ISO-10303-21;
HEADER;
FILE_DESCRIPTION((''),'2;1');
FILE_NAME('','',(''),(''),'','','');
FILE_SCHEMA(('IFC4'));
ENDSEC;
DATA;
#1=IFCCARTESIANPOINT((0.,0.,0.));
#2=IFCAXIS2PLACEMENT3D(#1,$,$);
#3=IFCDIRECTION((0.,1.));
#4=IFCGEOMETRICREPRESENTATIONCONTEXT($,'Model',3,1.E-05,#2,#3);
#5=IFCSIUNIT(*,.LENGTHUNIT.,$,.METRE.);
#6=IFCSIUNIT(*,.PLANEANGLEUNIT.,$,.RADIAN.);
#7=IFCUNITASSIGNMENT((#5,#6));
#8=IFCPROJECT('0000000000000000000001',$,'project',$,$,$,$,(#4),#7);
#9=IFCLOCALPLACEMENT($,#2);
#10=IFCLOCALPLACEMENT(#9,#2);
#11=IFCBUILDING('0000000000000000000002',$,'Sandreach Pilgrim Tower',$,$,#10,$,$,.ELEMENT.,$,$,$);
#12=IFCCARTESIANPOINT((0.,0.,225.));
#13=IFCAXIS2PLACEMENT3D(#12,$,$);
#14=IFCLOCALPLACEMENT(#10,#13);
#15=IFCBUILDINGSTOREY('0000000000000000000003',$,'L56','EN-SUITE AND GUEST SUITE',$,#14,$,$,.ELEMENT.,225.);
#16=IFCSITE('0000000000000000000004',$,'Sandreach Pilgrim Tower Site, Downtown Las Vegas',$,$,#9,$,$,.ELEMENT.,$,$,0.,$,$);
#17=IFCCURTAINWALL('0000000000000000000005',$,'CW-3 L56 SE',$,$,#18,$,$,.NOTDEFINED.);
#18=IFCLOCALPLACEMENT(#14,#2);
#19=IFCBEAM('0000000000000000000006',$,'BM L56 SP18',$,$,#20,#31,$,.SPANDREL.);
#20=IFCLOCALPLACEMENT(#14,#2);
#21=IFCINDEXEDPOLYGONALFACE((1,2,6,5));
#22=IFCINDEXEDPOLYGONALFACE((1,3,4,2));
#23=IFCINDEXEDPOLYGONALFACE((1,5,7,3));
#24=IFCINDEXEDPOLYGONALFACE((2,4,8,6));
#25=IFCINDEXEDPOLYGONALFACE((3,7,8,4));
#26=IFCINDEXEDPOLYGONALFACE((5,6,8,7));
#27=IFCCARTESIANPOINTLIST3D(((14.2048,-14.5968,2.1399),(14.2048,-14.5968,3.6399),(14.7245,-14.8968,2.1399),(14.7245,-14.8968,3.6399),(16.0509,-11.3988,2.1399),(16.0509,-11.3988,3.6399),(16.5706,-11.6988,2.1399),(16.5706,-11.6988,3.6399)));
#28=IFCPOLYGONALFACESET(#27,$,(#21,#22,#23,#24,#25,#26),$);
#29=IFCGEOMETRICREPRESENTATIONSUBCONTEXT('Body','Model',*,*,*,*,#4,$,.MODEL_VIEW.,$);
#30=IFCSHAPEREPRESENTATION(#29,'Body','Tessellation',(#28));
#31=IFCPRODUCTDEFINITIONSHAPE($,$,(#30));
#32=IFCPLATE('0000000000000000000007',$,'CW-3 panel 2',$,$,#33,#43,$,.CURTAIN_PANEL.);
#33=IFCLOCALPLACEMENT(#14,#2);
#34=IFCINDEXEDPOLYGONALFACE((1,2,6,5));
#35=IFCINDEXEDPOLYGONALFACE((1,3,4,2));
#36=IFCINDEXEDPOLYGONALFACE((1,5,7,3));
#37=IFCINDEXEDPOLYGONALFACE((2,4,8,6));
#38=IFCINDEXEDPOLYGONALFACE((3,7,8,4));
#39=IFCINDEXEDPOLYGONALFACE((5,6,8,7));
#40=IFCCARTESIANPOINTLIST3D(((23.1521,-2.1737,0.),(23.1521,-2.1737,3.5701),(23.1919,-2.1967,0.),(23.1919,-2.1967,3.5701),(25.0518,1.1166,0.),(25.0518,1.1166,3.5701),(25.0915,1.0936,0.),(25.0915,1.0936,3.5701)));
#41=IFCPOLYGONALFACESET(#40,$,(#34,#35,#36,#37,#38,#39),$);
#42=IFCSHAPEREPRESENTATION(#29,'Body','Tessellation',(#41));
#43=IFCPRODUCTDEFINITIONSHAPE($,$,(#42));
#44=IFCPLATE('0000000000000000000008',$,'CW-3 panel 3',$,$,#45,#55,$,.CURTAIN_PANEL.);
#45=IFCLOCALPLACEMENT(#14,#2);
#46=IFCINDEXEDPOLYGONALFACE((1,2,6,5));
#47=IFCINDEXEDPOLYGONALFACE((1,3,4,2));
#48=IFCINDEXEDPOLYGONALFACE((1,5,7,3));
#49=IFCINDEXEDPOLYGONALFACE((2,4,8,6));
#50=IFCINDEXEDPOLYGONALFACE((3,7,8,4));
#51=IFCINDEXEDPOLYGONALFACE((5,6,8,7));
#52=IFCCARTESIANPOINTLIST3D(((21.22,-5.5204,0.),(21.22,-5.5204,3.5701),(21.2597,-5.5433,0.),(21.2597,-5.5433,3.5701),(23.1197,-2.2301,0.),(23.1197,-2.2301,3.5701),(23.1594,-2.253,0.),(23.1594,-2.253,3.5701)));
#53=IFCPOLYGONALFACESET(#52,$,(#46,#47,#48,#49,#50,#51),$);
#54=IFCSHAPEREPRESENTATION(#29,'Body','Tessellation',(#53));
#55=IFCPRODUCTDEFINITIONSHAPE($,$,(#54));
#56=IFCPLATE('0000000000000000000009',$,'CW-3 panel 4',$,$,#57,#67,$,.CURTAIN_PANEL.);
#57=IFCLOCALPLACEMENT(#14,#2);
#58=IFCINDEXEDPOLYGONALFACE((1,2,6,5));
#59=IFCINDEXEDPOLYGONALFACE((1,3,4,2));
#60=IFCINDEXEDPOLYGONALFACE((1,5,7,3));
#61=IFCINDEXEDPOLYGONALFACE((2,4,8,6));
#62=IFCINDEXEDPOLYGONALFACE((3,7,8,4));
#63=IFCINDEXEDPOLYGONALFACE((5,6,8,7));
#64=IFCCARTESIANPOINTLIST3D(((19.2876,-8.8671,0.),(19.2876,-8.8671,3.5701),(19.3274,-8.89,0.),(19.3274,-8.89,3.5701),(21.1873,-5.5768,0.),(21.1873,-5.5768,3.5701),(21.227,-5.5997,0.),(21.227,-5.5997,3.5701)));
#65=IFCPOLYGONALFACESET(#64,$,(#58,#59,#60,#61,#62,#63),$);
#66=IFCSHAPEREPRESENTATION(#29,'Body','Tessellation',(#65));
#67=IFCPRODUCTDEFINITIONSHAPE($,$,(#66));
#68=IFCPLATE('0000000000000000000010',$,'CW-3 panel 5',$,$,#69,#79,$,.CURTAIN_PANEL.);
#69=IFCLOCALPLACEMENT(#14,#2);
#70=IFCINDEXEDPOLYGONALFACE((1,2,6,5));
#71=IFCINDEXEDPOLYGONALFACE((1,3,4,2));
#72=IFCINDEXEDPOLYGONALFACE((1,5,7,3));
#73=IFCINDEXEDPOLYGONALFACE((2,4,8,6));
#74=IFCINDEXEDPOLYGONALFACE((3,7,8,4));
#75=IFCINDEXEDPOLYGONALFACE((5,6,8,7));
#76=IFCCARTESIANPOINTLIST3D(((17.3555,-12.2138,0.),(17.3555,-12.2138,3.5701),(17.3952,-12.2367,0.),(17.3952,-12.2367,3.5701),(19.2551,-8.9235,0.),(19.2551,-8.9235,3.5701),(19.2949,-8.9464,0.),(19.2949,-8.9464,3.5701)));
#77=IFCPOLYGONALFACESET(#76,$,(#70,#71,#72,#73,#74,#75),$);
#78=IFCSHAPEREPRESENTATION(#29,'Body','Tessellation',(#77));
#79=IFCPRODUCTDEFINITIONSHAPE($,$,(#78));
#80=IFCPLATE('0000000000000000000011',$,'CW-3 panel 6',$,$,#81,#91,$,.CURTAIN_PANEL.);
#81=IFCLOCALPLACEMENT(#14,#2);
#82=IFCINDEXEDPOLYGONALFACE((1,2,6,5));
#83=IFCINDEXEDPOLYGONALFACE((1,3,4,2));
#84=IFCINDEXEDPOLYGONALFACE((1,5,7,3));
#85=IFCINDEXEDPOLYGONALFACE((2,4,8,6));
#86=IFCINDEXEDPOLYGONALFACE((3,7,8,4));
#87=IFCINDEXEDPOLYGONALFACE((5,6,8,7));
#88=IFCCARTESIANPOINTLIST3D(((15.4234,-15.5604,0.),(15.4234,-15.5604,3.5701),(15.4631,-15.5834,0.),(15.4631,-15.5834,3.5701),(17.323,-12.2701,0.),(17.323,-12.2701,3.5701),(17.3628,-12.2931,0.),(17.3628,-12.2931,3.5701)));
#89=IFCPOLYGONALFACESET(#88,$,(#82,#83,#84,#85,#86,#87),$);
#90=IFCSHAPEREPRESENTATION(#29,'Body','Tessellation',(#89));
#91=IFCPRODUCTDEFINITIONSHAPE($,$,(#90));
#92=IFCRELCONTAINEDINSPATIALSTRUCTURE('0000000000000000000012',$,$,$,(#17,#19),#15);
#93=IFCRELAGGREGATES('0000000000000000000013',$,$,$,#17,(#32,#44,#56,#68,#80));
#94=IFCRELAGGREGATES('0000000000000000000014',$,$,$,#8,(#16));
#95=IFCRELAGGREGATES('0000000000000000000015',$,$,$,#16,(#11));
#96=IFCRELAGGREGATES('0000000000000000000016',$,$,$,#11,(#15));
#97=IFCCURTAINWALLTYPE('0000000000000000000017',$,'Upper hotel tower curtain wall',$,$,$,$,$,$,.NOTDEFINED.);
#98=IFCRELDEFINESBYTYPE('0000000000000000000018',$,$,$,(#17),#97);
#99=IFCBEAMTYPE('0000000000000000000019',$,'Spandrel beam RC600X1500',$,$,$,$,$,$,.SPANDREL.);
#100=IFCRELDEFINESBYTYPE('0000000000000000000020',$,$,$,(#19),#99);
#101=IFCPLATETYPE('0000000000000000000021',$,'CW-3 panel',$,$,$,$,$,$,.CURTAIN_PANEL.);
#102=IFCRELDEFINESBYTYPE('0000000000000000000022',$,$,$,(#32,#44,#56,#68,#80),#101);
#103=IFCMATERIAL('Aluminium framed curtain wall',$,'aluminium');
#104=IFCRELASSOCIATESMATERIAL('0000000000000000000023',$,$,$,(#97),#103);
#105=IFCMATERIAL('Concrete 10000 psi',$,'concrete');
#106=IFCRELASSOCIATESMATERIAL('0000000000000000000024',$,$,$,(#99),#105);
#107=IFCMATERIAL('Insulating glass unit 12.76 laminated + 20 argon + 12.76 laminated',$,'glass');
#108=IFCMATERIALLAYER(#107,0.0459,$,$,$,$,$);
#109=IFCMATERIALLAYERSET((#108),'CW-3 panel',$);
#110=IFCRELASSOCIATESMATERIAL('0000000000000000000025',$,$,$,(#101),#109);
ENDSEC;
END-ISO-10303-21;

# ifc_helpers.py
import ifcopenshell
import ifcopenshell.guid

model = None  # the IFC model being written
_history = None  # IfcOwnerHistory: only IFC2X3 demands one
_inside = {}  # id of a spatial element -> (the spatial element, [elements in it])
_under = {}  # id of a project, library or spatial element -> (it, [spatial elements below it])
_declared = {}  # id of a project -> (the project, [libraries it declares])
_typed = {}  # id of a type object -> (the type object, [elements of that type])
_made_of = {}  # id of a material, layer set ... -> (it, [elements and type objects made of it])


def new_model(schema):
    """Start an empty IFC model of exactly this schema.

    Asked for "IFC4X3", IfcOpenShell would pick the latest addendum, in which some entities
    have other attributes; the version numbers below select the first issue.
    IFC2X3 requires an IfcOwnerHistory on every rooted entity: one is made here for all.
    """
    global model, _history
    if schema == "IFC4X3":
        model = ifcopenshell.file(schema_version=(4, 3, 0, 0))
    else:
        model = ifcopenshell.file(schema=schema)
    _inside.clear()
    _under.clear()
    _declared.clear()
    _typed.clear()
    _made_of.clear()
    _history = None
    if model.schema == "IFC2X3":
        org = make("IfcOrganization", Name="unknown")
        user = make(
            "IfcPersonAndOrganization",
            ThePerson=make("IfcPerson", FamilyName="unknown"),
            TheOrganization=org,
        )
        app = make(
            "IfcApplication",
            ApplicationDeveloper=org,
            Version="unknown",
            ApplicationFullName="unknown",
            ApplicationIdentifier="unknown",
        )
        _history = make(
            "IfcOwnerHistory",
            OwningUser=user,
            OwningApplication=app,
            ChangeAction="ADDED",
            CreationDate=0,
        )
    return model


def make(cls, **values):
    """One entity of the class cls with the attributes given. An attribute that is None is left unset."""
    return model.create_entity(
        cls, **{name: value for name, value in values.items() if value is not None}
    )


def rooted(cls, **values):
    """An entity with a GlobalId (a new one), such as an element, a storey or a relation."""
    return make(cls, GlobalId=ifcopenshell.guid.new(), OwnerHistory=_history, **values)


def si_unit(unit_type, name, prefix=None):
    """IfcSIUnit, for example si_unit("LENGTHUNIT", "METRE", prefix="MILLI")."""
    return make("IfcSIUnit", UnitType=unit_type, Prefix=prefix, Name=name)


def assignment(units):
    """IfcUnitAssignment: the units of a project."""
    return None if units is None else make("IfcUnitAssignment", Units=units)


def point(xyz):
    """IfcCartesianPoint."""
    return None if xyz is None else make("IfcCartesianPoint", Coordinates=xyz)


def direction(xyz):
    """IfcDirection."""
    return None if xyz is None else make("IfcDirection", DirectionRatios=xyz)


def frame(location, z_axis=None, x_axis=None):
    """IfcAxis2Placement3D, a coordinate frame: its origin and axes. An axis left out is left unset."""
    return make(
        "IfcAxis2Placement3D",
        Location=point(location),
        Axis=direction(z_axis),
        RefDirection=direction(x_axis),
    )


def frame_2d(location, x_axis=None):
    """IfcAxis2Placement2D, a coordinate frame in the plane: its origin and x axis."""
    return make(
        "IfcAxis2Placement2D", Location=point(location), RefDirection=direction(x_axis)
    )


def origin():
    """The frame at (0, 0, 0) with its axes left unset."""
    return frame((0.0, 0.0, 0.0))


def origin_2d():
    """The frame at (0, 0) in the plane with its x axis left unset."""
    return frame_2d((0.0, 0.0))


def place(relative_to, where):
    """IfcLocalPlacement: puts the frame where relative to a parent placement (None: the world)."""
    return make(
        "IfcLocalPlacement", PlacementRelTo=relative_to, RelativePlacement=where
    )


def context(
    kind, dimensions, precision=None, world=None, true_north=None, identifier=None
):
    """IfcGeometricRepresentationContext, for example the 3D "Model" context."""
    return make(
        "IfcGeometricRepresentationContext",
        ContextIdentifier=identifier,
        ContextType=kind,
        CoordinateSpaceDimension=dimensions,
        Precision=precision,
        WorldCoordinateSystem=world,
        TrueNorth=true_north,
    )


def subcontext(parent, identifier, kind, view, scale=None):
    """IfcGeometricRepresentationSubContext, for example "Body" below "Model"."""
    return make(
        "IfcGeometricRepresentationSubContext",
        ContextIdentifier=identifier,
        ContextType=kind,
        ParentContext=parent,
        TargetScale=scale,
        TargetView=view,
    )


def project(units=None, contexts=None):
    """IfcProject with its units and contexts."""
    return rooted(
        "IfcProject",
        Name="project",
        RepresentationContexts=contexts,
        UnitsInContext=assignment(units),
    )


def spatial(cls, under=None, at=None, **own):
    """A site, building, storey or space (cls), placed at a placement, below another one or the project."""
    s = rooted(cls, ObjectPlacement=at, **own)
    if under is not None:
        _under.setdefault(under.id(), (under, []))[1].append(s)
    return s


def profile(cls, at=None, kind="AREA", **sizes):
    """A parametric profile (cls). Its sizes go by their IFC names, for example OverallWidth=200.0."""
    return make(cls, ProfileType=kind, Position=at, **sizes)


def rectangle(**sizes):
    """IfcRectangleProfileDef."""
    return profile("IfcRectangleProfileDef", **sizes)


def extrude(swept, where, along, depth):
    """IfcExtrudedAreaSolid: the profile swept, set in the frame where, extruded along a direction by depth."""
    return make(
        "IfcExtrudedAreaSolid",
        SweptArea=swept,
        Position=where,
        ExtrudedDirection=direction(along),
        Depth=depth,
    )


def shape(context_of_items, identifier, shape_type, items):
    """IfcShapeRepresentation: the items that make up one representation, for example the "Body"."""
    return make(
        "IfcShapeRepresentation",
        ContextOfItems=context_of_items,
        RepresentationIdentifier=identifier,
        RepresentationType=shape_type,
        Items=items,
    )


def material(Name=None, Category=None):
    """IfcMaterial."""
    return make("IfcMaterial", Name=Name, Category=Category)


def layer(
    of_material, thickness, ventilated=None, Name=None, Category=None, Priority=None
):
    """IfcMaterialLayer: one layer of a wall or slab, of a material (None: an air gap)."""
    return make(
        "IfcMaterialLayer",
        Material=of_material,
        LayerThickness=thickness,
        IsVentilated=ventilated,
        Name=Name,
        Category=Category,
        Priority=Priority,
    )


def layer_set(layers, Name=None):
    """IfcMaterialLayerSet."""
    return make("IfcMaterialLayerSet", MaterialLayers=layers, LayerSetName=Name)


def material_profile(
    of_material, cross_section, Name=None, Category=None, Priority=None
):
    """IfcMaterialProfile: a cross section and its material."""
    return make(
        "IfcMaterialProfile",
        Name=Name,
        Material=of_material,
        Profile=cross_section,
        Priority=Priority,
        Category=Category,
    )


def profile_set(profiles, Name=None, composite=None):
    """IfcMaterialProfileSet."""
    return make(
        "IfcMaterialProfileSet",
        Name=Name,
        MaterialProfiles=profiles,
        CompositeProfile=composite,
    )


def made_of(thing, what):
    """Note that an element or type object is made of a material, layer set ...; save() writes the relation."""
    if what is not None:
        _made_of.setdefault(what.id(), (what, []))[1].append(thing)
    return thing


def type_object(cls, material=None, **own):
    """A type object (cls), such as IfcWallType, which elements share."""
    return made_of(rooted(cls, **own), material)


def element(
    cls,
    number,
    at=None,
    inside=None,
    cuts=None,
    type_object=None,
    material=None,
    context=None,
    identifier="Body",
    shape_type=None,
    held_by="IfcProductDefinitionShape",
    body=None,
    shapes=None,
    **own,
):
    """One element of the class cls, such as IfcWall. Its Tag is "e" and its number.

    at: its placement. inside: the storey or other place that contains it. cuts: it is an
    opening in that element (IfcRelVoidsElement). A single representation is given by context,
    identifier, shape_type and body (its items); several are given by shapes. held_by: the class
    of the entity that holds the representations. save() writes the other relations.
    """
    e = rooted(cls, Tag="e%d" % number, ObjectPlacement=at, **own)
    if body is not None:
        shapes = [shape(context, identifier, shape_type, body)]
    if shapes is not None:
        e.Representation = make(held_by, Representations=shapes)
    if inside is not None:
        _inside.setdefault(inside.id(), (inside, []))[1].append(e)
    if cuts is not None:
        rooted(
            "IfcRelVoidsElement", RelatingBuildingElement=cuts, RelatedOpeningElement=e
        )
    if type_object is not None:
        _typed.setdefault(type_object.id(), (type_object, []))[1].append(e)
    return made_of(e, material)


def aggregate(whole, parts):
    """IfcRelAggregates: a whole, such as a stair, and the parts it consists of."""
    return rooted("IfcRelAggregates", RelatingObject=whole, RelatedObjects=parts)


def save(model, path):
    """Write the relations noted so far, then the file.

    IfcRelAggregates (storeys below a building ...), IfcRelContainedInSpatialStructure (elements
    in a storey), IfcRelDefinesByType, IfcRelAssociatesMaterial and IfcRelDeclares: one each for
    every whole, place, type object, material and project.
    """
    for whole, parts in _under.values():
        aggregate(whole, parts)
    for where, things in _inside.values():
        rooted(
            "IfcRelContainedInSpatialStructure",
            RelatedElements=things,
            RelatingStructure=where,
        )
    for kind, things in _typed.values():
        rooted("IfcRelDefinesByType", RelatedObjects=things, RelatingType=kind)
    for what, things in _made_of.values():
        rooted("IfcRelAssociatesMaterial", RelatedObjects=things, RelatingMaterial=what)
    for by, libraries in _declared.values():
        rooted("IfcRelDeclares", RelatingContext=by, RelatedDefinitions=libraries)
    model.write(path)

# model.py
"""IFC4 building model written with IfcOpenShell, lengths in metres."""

from ifc_helpers import new_model, si_unit, direction, frame, origin, origin_2d, place, context, subcontext, project, spatial, rectangle, extrude, material, layer, layer_set, material_profile, profile_set, type_object, element, aggregate, save


model = new_model("IFC4")

# Units and contexts
model_context = context("Model", 3, precision=1e-05, world=origin(), true_north=direction((0.0, 1.0)))
body_context = subcontext(model_context, "Body", "Model", "MODEL_VIEW")
ifc_project = project(units=[si_unit("LENGTHUNIT", "METRE"), si_unit("PLANEANGLEUNIT", "RADIAN")], contexts=[model_context])

# Site, building, storey
site_placement = place(None, origin())
site = spatial("IfcSite", under=ifc_project, at=site_placement, Name="Sandreach Pilgrim Tower Site, Downtown Las Vegas", CompositionType="ELEMENT", RefElevation=0.0)
building_placement = place(site_placement, origin())
building = spatial("IfcBuilding", under=site, at=building_placement, Name="Sandreach Pilgrim Tower", CompositionType="ELEMENT")
storey_placement = place(building_placement, frame((0.0, 0.0, 225.0)))
storey = spatial("IfcBuildingStorey", under=building, at=storey_placement, Name="L56", Description="EN-SUITE AND GUEST SUITE", CompositionType="ELEMENT", Elevation=225.0)

# Curtain wall
ifc_material_1 = material(Name="Aluminium framed curtain wall", Category="aluminium")
curtain_wall_type = type_object("IfcCurtainWallType", Name="Upper hotel tower curtain wall", PredefinedType="NOTDEFINED", material=ifc_material_1)
curtain_wall_placement = place(storey_placement, origin())
curtain_wall = element("IfcCurtainWall", 1, at=curtain_wall_placement, inside=storey, type_object=curtain_wall_type, Name="CW-3 L56 SE", PredefinedType="NOTDEFINED")

# Beam
ifc_material_2 = material(Name="Concrete 10000 psi", Category="concrete")
ifc_material_profile_1 = material_profile(ifc_material_2, rectangle(XDim=0.6001, YDim=1.5, at=origin_2d()), Name="RC600X1500")
ifc_profile_set_1 = profile_set([ifc_material_profile_1], Name="Concrete 10000 psi")
beam_type_1 = type_object("IfcBeamType", Name="Spandrel beam RC600X1500", PredefinedType="SPANDREL", material=ifc_profile_set_1)
for number, where, z_axis, x_axis, name in (
    (2, (16.3108, -11.5488, 2.8899), (-0.499965, -0.866046, 0.0), (0.866046, -0.499965, 0.0), "BM L56 SP18"),
):
    element("IfcBeam", number, at=place(storey_placement, frame(where, z_axis=z_axis, x_axis=x_axis)), inside=storey, type_object=beam_type_1, Name=name, PredefinedType="SPANDREL", context=body_context, shape_type="SweptSolid", body=[
        extrude(rectangle(XDim=0.6001, YDim=1.5, at=origin_2d()), origin(), (0.0, 0.0, 1.0), 3.6926),
    ])

# Plates
ifc_material_3 = material(Name="Insulating glass unit 12.76 laminated + 20 argon + 12.76 laminated", Category="glass")
ifc_layer = layer(ifc_material_3, 0.0459)
ifc_layer_set = layer_set([ifc_layer], Name="CW-3 panel")
plate_type = type_object("IfcPlateType", Name="CW-3 panel", PredefinedType="CURTAIN_PANEL", material=ifc_layer_set)
plate_1_placement = place(storey_placement, frame((24.1218, -0.54, 0.0), z_axis=(0.0, 0.0, 1.0), x_axis=(-0.5, -0.866025, 0.0)))
plate_1 = element("IfcPlate", 3, at=plate_1_placement, type_object=plate_type, Name="CW-3 panel 2", PredefinedType="CURTAIN_PANEL", context=body_context, shape_type="SweptSolid", body=[
    extrude(rectangle(XDim=3.7993, YDim=0.0459, at=origin_2d()), origin(), (0.0, 0.0, 1.0), 3.5701),
])
plate_2_placement = place(storey_placement, frame((22.1897, -3.8867, 0.0), z_axis=(0.0, 0.0, 1.0), x_axis=(-0.5, -0.866025, 0.0)))
plate_2 = element("IfcPlate", 4, at=plate_2_placement, type_object=plate_type, Name="CW-3 panel 3", PredefinedType="CURTAIN_PANEL", context=body_context, shape_type="SweptSolid", body=[
    extrude(rectangle(XDim=3.7993, YDim=0.0459, at=origin_2d()), origin(), (0.0, 0.0, 1.0), 3.5701),
])
plate_3_placement = place(storey_placement, frame((20.2573, -7.2334, 0.0), z_axis=(0.0, 0.0, 1.0), x_axis=(-0.5, -0.866025, 0.0)))
plate_3 = element("IfcPlate", 5, at=plate_3_placement, type_object=plate_type, Name="CW-3 panel 4", PredefinedType="CURTAIN_PANEL", context=body_context, shape_type="SweptSolid", body=[
    extrude(rectangle(XDim=3.7993, YDim=0.0459, at=origin_2d()), origin(), (0.0, 0.0, 1.0), 3.5701),
])
plate_4_placement = place(storey_placement, frame((18.3252, -10.5801, 0.0), z_axis=(0.0, 0.0, 1.0), x_axis=(-0.5, -0.866025, 0.0)))
plate_4 = element("IfcPlate", 6, at=plate_4_placement, type_object=plate_type, Name="CW-3 panel 5", PredefinedType="CURTAIN_PANEL", context=body_context, shape_type="SweptSolid", body=[
    extrude(rectangle(XDim=3.7993, YDim=0.0459, at=origin_2d()), origin(), (0.0, 0.0, 1.0), 3.5701),
])
plate_5_placement = place(storey_placement, frame((16.3931, -13.9268, 0.0), z_axis=(0.0, 0.0, 1.0), x_axis=(-0.5, -0.866025, 0.0)))
plate_5 = element("IfcPlate", 7, at=plate_5_placement, type_object=plate_type, Name="CW-3 panel 6", PredefinedType="CURTAIN_PANEL", context=body_context, shape_type="SweptSolid", body=[
    extrude(rectangle(XDim=3.7993, YDim=0.0459, at=origin_2d()), origin(), (0.0, 0.0, 1.0), 3.5701),
])
aggregate(curtain_wall, [plate_1, plate_2, plate_3, plate_4, plate_5])

save(model, "model.ifc")
